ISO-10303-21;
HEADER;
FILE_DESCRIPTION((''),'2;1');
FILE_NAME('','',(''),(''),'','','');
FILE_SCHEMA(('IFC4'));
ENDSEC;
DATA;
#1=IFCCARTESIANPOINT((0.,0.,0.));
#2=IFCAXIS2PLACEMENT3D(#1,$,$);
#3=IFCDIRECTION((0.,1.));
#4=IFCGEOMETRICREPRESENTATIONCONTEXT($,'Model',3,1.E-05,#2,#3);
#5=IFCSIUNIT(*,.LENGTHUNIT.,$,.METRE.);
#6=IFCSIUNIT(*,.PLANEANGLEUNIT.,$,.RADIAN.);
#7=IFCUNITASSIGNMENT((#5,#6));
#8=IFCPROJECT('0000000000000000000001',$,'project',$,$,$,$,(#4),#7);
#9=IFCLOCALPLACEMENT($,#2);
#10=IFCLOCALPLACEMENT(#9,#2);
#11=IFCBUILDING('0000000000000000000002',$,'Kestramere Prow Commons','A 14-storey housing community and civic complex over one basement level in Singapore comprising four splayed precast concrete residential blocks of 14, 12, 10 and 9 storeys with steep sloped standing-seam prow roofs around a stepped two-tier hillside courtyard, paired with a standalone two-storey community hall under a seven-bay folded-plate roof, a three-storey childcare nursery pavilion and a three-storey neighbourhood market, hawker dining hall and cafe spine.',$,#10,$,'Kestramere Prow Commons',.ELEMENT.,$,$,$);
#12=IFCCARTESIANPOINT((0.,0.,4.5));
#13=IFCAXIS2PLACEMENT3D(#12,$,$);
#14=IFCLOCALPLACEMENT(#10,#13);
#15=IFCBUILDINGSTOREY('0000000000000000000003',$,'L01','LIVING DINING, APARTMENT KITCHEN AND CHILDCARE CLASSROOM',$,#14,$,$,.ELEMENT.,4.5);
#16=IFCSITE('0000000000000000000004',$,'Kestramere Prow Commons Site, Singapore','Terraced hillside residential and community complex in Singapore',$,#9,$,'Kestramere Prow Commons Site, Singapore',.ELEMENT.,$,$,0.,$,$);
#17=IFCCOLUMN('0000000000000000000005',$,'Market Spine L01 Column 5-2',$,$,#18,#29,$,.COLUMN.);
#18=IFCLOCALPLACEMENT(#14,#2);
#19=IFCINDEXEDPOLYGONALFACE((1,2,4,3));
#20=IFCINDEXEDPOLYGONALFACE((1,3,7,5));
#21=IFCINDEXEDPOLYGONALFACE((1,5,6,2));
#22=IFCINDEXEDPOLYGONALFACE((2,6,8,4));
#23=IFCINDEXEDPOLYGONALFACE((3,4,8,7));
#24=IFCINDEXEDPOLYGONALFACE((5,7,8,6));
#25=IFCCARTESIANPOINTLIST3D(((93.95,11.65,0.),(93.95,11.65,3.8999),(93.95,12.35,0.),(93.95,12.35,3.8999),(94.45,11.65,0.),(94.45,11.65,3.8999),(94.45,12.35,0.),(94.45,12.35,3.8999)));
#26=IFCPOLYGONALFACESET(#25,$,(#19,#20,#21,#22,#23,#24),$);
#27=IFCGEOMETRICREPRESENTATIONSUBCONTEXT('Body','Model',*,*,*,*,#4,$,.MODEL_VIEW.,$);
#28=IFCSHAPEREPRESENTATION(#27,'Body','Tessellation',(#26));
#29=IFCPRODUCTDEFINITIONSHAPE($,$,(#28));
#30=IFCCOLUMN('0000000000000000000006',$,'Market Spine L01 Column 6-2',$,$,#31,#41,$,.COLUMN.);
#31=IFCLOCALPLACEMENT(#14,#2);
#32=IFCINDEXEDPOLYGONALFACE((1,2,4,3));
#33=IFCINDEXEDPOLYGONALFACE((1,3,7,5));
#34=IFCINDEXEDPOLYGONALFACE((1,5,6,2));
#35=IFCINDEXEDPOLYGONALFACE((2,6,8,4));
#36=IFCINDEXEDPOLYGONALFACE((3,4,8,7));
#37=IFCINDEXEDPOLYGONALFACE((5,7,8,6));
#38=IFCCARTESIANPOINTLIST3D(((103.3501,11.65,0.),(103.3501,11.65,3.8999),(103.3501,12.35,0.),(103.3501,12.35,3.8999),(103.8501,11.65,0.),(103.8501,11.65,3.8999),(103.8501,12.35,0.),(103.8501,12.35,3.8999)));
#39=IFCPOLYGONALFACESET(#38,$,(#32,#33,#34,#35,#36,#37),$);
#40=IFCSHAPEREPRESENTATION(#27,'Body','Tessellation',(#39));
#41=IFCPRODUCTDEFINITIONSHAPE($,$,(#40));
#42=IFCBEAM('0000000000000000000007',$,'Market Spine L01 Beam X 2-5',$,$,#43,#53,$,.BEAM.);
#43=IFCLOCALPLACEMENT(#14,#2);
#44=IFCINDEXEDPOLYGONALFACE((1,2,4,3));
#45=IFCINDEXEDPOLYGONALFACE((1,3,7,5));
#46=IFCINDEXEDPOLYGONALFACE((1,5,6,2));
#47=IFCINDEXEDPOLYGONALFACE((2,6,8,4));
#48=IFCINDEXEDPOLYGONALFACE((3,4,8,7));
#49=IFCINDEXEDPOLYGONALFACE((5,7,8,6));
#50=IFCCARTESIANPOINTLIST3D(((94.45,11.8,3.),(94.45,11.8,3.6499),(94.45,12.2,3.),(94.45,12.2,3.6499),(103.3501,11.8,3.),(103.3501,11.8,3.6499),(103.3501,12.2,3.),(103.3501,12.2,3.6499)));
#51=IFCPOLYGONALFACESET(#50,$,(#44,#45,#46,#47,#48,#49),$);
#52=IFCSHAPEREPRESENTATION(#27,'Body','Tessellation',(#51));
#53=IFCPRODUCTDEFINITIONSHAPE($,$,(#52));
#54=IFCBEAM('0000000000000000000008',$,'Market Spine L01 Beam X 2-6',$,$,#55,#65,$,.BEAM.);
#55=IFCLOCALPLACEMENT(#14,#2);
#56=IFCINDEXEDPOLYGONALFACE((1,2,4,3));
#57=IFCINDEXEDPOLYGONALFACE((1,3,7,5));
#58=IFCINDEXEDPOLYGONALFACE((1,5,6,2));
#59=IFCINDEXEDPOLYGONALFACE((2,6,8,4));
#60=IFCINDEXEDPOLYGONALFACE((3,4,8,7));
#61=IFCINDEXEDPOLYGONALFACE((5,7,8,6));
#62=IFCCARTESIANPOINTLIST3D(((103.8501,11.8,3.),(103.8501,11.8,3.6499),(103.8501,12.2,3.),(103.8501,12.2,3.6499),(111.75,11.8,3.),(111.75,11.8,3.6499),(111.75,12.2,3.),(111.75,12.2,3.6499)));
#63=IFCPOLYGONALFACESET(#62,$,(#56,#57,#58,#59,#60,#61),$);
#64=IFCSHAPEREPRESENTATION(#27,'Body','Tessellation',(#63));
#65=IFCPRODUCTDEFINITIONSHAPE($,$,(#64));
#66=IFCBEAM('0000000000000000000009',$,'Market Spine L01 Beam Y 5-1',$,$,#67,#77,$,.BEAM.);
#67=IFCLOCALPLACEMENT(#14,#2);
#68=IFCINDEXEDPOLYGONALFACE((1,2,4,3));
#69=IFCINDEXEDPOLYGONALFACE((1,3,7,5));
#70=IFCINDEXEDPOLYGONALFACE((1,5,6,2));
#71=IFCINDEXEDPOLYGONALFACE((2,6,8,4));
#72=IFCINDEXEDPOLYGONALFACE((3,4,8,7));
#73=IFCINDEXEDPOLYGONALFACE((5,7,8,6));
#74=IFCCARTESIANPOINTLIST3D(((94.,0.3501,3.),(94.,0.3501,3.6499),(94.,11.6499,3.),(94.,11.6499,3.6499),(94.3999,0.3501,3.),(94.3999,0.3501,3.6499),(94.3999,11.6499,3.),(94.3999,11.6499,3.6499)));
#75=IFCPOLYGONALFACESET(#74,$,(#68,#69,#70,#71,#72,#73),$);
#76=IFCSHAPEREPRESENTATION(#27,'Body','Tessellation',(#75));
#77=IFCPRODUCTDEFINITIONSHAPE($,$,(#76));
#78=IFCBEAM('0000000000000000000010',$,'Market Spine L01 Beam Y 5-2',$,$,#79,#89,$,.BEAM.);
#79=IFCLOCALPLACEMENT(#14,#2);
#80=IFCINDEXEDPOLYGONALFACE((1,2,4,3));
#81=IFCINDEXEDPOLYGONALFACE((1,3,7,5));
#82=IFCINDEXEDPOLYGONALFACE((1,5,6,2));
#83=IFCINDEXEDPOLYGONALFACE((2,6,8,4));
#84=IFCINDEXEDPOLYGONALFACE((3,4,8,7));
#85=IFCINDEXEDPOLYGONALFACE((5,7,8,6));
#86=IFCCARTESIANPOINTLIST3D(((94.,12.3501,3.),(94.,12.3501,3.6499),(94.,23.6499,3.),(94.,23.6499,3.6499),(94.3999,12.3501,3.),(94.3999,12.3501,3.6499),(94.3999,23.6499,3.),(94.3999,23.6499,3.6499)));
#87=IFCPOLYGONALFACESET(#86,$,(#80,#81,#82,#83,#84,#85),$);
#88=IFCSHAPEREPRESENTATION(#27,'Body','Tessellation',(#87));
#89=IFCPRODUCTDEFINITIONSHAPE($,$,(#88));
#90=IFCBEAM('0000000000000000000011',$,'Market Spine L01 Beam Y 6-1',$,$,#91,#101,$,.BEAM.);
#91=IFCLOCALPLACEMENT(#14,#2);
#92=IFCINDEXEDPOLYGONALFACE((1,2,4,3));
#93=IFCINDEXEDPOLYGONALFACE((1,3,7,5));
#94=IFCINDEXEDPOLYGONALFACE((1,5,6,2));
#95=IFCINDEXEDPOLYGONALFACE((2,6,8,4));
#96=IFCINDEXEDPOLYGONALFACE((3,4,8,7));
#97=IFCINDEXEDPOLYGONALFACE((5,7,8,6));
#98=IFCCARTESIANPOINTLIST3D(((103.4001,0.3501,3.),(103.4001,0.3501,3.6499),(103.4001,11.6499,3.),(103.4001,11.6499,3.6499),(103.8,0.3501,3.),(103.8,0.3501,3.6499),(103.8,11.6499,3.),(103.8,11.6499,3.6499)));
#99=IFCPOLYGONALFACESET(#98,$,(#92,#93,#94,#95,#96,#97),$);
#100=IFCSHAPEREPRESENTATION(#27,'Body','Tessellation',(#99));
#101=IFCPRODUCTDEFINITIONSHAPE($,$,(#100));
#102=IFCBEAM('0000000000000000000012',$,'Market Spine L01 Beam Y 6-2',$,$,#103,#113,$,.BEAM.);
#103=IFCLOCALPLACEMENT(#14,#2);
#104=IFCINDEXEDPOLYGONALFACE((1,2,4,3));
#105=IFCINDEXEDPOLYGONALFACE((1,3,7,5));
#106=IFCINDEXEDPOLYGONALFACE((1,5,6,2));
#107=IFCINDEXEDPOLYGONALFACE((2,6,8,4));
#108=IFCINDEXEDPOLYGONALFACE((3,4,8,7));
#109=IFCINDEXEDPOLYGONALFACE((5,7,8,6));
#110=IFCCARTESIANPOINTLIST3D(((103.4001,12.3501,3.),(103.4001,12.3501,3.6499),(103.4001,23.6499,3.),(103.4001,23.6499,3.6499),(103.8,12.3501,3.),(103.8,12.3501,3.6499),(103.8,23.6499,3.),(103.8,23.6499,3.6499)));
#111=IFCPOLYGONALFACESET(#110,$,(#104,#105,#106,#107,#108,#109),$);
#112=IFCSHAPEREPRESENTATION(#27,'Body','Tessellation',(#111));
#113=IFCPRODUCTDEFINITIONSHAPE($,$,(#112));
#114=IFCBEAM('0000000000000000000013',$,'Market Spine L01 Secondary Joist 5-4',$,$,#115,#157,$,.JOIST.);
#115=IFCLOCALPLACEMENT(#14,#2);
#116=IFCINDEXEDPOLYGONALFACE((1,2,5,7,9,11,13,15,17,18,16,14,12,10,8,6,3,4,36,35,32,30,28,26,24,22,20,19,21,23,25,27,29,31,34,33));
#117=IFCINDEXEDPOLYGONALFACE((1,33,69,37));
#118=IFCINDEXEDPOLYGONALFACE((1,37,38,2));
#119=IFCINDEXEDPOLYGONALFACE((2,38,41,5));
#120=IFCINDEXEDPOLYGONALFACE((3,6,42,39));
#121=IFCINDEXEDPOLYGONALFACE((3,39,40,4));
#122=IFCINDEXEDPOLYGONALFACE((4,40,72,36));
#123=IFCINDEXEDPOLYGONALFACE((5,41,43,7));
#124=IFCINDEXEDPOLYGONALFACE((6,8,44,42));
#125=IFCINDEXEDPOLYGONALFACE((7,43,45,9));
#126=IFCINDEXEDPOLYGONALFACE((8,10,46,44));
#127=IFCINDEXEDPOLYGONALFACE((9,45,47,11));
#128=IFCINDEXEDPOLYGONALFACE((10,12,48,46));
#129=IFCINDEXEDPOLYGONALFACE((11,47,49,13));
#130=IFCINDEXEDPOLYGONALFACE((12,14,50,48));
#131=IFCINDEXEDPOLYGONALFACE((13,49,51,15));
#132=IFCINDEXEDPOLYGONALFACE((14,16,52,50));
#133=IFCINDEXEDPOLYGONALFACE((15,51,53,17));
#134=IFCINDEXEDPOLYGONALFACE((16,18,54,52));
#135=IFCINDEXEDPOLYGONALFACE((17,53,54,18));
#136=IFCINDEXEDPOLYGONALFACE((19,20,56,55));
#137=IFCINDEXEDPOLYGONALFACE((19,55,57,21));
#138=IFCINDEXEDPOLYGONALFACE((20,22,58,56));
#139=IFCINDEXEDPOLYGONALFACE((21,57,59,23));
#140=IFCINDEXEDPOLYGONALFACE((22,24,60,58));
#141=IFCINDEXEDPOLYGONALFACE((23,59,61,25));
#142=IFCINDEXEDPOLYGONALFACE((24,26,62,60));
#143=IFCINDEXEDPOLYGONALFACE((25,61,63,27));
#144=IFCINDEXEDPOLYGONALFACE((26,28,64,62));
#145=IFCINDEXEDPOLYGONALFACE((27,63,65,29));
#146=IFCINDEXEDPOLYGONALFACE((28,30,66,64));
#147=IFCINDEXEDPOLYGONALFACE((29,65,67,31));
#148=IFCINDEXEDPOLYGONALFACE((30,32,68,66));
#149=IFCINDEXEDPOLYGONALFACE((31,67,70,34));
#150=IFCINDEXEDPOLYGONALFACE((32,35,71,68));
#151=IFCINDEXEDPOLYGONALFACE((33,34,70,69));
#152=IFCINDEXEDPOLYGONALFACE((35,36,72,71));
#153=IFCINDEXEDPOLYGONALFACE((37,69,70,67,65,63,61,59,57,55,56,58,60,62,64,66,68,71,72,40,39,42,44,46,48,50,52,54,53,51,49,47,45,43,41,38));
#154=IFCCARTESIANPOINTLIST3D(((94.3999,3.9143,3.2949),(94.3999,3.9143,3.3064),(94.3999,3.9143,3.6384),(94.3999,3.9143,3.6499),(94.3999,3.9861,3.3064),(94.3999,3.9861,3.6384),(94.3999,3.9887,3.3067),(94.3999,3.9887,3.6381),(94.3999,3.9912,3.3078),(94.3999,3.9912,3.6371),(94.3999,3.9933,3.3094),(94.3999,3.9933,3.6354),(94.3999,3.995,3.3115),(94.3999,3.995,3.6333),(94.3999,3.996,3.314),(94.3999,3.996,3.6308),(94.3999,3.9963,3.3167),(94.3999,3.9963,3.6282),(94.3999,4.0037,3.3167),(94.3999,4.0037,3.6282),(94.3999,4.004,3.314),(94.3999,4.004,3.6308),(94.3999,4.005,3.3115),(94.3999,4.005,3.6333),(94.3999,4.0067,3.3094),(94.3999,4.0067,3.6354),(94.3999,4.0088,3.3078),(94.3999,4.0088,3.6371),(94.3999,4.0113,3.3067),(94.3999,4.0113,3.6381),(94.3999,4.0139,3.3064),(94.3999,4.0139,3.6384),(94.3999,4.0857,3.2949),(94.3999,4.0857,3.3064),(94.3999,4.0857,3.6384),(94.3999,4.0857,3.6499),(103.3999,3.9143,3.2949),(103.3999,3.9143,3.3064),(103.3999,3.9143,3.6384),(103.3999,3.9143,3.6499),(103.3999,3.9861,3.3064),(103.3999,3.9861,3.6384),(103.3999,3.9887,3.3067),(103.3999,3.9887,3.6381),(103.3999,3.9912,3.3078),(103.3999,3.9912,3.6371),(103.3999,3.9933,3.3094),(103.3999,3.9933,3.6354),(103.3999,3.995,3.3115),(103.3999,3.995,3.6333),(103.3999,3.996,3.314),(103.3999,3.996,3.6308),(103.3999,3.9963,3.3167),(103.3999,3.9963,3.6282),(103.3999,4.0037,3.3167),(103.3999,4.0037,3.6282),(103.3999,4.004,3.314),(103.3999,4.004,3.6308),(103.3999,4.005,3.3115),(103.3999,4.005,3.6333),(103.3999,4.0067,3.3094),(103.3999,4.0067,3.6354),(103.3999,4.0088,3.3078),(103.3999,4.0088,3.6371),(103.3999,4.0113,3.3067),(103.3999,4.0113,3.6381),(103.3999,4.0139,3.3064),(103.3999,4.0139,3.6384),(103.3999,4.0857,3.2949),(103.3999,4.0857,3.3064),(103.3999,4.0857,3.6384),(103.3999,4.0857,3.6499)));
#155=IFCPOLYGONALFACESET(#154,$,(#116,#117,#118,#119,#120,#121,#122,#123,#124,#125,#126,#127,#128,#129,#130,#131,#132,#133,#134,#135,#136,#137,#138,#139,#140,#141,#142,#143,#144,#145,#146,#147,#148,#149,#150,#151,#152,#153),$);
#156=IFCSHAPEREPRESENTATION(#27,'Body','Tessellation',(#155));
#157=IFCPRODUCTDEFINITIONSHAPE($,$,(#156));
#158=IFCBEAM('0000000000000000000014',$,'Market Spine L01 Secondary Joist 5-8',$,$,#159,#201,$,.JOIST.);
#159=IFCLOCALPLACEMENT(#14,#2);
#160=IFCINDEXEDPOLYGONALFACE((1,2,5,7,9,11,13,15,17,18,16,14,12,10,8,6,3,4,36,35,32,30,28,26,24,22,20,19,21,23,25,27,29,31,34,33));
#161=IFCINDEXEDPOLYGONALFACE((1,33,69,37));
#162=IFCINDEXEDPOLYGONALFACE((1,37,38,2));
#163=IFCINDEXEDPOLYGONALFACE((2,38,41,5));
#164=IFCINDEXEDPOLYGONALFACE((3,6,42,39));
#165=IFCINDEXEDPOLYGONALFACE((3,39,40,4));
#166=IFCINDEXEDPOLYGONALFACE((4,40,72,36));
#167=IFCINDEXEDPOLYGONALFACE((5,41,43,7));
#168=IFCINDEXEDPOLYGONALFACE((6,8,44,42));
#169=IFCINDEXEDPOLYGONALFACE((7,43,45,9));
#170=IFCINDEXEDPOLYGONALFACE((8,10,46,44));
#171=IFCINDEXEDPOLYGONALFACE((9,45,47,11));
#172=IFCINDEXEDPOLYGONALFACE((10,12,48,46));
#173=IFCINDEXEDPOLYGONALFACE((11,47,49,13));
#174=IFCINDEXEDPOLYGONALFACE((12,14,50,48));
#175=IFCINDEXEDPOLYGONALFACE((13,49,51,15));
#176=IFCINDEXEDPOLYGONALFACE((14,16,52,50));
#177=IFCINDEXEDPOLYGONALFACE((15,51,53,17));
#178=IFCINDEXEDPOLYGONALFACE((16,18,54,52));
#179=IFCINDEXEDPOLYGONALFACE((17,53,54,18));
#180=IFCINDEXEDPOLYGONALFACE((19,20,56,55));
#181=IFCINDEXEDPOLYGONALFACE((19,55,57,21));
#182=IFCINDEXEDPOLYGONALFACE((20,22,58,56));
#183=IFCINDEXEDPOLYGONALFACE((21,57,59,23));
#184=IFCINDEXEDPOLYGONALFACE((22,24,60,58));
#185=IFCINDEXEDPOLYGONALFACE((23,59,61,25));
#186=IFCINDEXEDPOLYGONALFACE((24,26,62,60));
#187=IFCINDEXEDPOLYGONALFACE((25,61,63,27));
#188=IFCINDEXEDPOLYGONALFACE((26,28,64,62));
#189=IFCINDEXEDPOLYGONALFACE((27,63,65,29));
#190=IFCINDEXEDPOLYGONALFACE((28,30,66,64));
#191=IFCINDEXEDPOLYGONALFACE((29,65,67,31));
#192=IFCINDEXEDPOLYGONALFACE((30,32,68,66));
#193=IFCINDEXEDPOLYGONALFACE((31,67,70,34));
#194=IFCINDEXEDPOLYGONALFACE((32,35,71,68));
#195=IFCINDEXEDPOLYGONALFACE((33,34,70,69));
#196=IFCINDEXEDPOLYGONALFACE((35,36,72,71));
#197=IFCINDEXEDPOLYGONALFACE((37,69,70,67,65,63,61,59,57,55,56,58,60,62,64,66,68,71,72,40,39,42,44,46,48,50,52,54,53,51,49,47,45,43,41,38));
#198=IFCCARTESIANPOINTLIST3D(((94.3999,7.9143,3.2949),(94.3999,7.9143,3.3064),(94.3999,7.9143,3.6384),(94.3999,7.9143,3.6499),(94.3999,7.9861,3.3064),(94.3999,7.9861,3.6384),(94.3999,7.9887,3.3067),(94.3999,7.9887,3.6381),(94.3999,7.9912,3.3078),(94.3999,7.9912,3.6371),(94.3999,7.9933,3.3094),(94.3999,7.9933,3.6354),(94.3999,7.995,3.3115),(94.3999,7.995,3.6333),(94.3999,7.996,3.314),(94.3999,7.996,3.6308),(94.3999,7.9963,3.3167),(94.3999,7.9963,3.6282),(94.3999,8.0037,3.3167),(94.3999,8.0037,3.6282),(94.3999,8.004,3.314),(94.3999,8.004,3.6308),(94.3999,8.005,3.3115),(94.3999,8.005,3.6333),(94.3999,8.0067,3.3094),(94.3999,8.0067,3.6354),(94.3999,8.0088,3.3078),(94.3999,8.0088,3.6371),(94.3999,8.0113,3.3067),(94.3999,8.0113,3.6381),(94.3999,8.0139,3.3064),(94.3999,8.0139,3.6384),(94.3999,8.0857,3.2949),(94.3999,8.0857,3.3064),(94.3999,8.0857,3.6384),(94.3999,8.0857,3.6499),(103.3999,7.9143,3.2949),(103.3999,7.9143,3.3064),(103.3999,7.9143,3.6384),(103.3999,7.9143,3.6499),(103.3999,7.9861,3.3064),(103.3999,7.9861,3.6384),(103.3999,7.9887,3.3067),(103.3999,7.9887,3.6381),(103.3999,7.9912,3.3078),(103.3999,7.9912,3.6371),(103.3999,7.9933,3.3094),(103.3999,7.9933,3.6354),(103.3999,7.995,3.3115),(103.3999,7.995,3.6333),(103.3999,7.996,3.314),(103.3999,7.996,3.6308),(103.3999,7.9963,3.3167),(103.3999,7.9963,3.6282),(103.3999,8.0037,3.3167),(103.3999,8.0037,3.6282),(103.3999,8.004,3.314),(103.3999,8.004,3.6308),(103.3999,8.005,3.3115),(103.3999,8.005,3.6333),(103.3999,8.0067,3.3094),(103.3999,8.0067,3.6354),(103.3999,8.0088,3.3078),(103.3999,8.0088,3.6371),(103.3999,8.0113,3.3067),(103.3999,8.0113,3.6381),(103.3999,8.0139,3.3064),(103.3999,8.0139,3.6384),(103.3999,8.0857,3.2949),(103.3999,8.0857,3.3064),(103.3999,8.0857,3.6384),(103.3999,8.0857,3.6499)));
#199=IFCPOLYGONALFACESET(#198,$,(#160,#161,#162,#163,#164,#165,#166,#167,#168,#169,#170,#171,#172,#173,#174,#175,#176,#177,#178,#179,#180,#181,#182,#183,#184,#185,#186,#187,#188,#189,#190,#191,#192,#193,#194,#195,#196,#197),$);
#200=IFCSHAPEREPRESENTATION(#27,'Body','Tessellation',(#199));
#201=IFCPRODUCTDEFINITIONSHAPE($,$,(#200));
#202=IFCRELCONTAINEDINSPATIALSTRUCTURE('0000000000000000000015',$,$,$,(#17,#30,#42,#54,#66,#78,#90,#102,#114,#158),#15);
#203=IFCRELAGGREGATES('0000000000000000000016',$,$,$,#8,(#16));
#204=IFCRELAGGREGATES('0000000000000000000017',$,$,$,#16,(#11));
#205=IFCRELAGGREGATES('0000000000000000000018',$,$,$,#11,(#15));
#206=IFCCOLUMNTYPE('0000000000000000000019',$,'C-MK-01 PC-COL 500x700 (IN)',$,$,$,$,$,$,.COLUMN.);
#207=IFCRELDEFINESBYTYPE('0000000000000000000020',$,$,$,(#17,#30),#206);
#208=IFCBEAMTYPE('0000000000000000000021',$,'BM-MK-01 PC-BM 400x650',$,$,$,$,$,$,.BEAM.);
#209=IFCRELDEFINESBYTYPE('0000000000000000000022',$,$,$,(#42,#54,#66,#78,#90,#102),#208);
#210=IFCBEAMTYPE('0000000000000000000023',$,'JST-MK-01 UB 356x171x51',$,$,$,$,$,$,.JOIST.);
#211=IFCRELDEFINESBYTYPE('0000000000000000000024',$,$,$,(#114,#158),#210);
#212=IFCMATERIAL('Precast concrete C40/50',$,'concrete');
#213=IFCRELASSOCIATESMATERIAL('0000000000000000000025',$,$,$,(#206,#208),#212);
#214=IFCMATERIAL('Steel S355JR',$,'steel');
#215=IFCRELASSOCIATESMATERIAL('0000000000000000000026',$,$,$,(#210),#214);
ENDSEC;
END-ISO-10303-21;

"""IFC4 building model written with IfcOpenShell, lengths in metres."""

from ifc_helpers import new_model, si_unit, direction, frame, origin, origin_2d, place, context, subcontext, project, spatial, rectangle, i_section, extrude, material, material_profile, profile_set, type_object, element, save


model = new_model("IFC4")

# Units and contexts
model_context = context("Model", 3, precision=1e-05, world=origin(), true_north=direction((0.0, 1.0)))
body_context = subcontext(model_context, "Body", "Model", "MODEL_VIEW")
ifc_project = project(units=[si_unit("LENGTHUNIT", "METRE"), si_unit("PLANEANGLEUNIT", "RADIAN")], contexts=[model_context])

# Site, building, storey
site_placement = place(None, origin())
site = spatial("IfcSite", under=ifc_project, at=site_placement, Name="Kestramere Prow Commons Site, Singapore", Description="Terraced hillside residential and community complex in Singapore", LongName="Kestramere Prow Commons Site, Singapore", CompositionType="ELEMENT", RefElevation=0.0)
building_placement = place(site_placement, origin())
building = spatial("IfcBuilding", under=site, at=building_placement, Name="Kestramere Prow Commons", Description="A 14-storey housing community and civic complex over one basement level in Singapore comprising four splayed precast concrete residential blocks of 14, 12, 10 and 9 storeys with steep sloped standing-seam prow roofs around a stepped two-tier hillside courtyard, paired with a standalone two-storey community hall under a seven-bay folded-plate roof, a three-storey childcare nursery pavilion and a three-storey neighbourhood market, hawker dining hall and cafe spine.", LongName="Kestramere Prow Commons", CompositionType="ELEMENT")
storey_placement = place(building_placement, frame((0.0, 0.0, 4.5)))
storey = spatial("IfcBuildingStorey", under=building, at=storey_placement, Name="L01", Description="LIVING DINING, APARTMENT KITCHEN AND CHILDCARE CLASSROOM", CompositionType="ELEMENT", Elevation=4.5)

# Columns
ifc_material_1 = material(Name="Precast concrete C40/50", Category="concrete")
ifc_material_profile_1 = material_profile(ifc_material_1, rectangle(XDim=0.5, YDim=0.7, at=origin_2d()), Name="PC-COL 500x700")
ifc_profile_set_1 = profile_set([ifc_material_profile_1], Name="Precast concrete C40/50")
column_type = type_object("IfcColumnType", Name="C-MK-01 PC-COL 500x700 (IN)", PredefinedType="COLUMN", material=ifc_profile_set_1)
for number, where, z_axis, x_axis, name in (
    (1, (94.2, 12.0, 0.0), (0.0, 0.0, 1.0), (1.0, 0.0, 0.0), "Market Spine L01 Column 5-2"),
    (2, (103.6001, 12.0, 0.0), (0.0, 0.0, 1.0), (1.0, 0.0, 0.0), "Market Spine L01 Column 6-2"),
):
    element("IfcColumn", number, at=place(storey_placement, frame(where, z_axis=z_axis, x_axis=x_axis)), inside=storey, type_object=column_type, Name=name, PredefinedType="COLUMN", context=body_context, shape_type="SweptSolid", body=[
        extrude(rectangle(XDim=0.5, YDim=0.7, at=origin_2d()), origin(), (0.0, 0.0, 1.0), 3.8999),
    ])

# Beams
ifc_material_profile_2 = material_profile(ifc_material_1, rectangle(XDim=0.3999, YDim=0.6499, at=origin_2d()), Name="PC-BM 400x650")
ifc_profile_set_2 = profile_set([ifc_material_profile_2], Name="Precast concrete C40/50")
beam_type_1 = type_object("IfcBeamType", Name="BM-MK-01 PC-BM 400x650", PredefinedType="BEAM", material=ifc_profile_set_2)
beam_1_placement = place(storey_placement, frame((94.45, 12.0, 3.325), z_axis=(1.0, 0.0, 0.0), x_axis=(0.0, 1.0, 0.0)))
element("IfcBeam", 3, at=beam_1_placement, inside=storey, type_object=beam_type_1, Name="Market Spine L01 Beam X 2-5", PredefinedType="BEAM", context=body_context, shape_type="SweptSolid", body=[
    extrude(rectangle(XDim=0.3999, YDim=0.6499, at=origin_2d()), origin(), (0.0, 0.0, 1.0), 8.9001),
])
beam_2_placement = place(storey_placement, frame((103.8501, 12.0, 3.325), z_axis=(1.0, 0.0, 0.0), x_axis=(0.0, 1.0, 0.0)))
element("IfcBeam", 4, at=beam_2_placement, inside=storey, type_object=beam_type_1, Name="Market Spine L01 Beam X 2-6", PredefinedType="BEAM", context=body_context, shape_type="SweptSolid", body=[
    extrude(rectangle(XDim=0.3999, YDim=0.6499, at=origin_2d()), origin(), (0.0, 0.0, 1.0), 7.8999),
])
for number, where, z_axis, x_axis, name in (
    (5, (94.2, 0.3501, 3.325), (0.0, 1.0, 0.0), (-1.0, 0.0, 0.0), "Market Spine L01 Beam Y 5-1"),
    (6, (94.2, 12.3501, 3.325), (0.0, 1.0, 0.0), (-1.0, 0.0, 0.0), "Market Spine L01 Beam Y 5-2"),
    (7, (103.6001, 0.3501, 3.325), (0.0, 1.0, 0.0), (-1.0, 0.0, 0.0), "Market Spine L01 Beam Y 6-1"),
    (8, (103.6001, 12.3501, 3.325), (0.0, 1.0, 0.0), (-1.0, 0.0, 0.0), "Market Spine L01 Beam Y 6-2"),
):
    element("IfcBeam", number, at=place(storey_placement, frame(where, z_axis=z_axis, x_axis=x_axis)), inside=storey, type_object=beam_type_1, Name=name, PredefinedType="BEAM", context=body_context, shape_type="SweptSolid", body=[
        extrude(rectangle(XDim=0.3999, YDim=0.6499, at=origin_2d()), origin(), (0.0, 0.0, 1.0), 11.2998),
    ])
ifc_material_2 = material(Name="Steel S355JR", Category="steel")
ifc_material_profile_3 = material_profile(ifc_material_2, i_section(OverallWidth=0.1714, OverallDepth=0.355, WebThickness=0.0073, FlangeThickness=0.0115, FilletRadius=0.0103, at=origin_2d()), Name="UB 356x171x51")
ifc_profile_set_3 = profile_set([ifc_material_profile_3], Name="Steel S355JR")
beam_type_2 = type_object("IfcBeamType", Name="JST-MK-01 UB 356x171x51", PredefinedType="JOIST", material=ifc_profile_set_3)
for number, where, z_axis, x_axis, name in (
    (9, (94.3999, 4.0, 3.4724), (1.0, 0.0, 0.0), (0.0, 1.0, 0.0), "Market Spine L01 Secondary Joist 5-4"),
    (10, (94.3999, 8.0, 3.4724), (1.0, 0.0, 0.0), (0.0, 1.0, 0.0), "Market Spine L01 Secondary Joist 5-8"),
):
    element("IfcBeam", number, at=place(storey_placement, frame(where, z_axis=z_axis, x_axis=x_axis)), inside=storey, type_object=beam_type_2, Name=name, PredefinedType="JOIST", context=body_context, shape_type="SweptSolid", body=[
        extrude(i_section(OverallWidth=0.1714, OverallDepth=0.355, WebThickness=0.0073, FlangeThickness=0.0115, FilletRadius=0.0103, at=origin_2d()), origin(), (0.0, 0.0, 1.0), 9.0),
    ])

save(model, "model.ifc")
